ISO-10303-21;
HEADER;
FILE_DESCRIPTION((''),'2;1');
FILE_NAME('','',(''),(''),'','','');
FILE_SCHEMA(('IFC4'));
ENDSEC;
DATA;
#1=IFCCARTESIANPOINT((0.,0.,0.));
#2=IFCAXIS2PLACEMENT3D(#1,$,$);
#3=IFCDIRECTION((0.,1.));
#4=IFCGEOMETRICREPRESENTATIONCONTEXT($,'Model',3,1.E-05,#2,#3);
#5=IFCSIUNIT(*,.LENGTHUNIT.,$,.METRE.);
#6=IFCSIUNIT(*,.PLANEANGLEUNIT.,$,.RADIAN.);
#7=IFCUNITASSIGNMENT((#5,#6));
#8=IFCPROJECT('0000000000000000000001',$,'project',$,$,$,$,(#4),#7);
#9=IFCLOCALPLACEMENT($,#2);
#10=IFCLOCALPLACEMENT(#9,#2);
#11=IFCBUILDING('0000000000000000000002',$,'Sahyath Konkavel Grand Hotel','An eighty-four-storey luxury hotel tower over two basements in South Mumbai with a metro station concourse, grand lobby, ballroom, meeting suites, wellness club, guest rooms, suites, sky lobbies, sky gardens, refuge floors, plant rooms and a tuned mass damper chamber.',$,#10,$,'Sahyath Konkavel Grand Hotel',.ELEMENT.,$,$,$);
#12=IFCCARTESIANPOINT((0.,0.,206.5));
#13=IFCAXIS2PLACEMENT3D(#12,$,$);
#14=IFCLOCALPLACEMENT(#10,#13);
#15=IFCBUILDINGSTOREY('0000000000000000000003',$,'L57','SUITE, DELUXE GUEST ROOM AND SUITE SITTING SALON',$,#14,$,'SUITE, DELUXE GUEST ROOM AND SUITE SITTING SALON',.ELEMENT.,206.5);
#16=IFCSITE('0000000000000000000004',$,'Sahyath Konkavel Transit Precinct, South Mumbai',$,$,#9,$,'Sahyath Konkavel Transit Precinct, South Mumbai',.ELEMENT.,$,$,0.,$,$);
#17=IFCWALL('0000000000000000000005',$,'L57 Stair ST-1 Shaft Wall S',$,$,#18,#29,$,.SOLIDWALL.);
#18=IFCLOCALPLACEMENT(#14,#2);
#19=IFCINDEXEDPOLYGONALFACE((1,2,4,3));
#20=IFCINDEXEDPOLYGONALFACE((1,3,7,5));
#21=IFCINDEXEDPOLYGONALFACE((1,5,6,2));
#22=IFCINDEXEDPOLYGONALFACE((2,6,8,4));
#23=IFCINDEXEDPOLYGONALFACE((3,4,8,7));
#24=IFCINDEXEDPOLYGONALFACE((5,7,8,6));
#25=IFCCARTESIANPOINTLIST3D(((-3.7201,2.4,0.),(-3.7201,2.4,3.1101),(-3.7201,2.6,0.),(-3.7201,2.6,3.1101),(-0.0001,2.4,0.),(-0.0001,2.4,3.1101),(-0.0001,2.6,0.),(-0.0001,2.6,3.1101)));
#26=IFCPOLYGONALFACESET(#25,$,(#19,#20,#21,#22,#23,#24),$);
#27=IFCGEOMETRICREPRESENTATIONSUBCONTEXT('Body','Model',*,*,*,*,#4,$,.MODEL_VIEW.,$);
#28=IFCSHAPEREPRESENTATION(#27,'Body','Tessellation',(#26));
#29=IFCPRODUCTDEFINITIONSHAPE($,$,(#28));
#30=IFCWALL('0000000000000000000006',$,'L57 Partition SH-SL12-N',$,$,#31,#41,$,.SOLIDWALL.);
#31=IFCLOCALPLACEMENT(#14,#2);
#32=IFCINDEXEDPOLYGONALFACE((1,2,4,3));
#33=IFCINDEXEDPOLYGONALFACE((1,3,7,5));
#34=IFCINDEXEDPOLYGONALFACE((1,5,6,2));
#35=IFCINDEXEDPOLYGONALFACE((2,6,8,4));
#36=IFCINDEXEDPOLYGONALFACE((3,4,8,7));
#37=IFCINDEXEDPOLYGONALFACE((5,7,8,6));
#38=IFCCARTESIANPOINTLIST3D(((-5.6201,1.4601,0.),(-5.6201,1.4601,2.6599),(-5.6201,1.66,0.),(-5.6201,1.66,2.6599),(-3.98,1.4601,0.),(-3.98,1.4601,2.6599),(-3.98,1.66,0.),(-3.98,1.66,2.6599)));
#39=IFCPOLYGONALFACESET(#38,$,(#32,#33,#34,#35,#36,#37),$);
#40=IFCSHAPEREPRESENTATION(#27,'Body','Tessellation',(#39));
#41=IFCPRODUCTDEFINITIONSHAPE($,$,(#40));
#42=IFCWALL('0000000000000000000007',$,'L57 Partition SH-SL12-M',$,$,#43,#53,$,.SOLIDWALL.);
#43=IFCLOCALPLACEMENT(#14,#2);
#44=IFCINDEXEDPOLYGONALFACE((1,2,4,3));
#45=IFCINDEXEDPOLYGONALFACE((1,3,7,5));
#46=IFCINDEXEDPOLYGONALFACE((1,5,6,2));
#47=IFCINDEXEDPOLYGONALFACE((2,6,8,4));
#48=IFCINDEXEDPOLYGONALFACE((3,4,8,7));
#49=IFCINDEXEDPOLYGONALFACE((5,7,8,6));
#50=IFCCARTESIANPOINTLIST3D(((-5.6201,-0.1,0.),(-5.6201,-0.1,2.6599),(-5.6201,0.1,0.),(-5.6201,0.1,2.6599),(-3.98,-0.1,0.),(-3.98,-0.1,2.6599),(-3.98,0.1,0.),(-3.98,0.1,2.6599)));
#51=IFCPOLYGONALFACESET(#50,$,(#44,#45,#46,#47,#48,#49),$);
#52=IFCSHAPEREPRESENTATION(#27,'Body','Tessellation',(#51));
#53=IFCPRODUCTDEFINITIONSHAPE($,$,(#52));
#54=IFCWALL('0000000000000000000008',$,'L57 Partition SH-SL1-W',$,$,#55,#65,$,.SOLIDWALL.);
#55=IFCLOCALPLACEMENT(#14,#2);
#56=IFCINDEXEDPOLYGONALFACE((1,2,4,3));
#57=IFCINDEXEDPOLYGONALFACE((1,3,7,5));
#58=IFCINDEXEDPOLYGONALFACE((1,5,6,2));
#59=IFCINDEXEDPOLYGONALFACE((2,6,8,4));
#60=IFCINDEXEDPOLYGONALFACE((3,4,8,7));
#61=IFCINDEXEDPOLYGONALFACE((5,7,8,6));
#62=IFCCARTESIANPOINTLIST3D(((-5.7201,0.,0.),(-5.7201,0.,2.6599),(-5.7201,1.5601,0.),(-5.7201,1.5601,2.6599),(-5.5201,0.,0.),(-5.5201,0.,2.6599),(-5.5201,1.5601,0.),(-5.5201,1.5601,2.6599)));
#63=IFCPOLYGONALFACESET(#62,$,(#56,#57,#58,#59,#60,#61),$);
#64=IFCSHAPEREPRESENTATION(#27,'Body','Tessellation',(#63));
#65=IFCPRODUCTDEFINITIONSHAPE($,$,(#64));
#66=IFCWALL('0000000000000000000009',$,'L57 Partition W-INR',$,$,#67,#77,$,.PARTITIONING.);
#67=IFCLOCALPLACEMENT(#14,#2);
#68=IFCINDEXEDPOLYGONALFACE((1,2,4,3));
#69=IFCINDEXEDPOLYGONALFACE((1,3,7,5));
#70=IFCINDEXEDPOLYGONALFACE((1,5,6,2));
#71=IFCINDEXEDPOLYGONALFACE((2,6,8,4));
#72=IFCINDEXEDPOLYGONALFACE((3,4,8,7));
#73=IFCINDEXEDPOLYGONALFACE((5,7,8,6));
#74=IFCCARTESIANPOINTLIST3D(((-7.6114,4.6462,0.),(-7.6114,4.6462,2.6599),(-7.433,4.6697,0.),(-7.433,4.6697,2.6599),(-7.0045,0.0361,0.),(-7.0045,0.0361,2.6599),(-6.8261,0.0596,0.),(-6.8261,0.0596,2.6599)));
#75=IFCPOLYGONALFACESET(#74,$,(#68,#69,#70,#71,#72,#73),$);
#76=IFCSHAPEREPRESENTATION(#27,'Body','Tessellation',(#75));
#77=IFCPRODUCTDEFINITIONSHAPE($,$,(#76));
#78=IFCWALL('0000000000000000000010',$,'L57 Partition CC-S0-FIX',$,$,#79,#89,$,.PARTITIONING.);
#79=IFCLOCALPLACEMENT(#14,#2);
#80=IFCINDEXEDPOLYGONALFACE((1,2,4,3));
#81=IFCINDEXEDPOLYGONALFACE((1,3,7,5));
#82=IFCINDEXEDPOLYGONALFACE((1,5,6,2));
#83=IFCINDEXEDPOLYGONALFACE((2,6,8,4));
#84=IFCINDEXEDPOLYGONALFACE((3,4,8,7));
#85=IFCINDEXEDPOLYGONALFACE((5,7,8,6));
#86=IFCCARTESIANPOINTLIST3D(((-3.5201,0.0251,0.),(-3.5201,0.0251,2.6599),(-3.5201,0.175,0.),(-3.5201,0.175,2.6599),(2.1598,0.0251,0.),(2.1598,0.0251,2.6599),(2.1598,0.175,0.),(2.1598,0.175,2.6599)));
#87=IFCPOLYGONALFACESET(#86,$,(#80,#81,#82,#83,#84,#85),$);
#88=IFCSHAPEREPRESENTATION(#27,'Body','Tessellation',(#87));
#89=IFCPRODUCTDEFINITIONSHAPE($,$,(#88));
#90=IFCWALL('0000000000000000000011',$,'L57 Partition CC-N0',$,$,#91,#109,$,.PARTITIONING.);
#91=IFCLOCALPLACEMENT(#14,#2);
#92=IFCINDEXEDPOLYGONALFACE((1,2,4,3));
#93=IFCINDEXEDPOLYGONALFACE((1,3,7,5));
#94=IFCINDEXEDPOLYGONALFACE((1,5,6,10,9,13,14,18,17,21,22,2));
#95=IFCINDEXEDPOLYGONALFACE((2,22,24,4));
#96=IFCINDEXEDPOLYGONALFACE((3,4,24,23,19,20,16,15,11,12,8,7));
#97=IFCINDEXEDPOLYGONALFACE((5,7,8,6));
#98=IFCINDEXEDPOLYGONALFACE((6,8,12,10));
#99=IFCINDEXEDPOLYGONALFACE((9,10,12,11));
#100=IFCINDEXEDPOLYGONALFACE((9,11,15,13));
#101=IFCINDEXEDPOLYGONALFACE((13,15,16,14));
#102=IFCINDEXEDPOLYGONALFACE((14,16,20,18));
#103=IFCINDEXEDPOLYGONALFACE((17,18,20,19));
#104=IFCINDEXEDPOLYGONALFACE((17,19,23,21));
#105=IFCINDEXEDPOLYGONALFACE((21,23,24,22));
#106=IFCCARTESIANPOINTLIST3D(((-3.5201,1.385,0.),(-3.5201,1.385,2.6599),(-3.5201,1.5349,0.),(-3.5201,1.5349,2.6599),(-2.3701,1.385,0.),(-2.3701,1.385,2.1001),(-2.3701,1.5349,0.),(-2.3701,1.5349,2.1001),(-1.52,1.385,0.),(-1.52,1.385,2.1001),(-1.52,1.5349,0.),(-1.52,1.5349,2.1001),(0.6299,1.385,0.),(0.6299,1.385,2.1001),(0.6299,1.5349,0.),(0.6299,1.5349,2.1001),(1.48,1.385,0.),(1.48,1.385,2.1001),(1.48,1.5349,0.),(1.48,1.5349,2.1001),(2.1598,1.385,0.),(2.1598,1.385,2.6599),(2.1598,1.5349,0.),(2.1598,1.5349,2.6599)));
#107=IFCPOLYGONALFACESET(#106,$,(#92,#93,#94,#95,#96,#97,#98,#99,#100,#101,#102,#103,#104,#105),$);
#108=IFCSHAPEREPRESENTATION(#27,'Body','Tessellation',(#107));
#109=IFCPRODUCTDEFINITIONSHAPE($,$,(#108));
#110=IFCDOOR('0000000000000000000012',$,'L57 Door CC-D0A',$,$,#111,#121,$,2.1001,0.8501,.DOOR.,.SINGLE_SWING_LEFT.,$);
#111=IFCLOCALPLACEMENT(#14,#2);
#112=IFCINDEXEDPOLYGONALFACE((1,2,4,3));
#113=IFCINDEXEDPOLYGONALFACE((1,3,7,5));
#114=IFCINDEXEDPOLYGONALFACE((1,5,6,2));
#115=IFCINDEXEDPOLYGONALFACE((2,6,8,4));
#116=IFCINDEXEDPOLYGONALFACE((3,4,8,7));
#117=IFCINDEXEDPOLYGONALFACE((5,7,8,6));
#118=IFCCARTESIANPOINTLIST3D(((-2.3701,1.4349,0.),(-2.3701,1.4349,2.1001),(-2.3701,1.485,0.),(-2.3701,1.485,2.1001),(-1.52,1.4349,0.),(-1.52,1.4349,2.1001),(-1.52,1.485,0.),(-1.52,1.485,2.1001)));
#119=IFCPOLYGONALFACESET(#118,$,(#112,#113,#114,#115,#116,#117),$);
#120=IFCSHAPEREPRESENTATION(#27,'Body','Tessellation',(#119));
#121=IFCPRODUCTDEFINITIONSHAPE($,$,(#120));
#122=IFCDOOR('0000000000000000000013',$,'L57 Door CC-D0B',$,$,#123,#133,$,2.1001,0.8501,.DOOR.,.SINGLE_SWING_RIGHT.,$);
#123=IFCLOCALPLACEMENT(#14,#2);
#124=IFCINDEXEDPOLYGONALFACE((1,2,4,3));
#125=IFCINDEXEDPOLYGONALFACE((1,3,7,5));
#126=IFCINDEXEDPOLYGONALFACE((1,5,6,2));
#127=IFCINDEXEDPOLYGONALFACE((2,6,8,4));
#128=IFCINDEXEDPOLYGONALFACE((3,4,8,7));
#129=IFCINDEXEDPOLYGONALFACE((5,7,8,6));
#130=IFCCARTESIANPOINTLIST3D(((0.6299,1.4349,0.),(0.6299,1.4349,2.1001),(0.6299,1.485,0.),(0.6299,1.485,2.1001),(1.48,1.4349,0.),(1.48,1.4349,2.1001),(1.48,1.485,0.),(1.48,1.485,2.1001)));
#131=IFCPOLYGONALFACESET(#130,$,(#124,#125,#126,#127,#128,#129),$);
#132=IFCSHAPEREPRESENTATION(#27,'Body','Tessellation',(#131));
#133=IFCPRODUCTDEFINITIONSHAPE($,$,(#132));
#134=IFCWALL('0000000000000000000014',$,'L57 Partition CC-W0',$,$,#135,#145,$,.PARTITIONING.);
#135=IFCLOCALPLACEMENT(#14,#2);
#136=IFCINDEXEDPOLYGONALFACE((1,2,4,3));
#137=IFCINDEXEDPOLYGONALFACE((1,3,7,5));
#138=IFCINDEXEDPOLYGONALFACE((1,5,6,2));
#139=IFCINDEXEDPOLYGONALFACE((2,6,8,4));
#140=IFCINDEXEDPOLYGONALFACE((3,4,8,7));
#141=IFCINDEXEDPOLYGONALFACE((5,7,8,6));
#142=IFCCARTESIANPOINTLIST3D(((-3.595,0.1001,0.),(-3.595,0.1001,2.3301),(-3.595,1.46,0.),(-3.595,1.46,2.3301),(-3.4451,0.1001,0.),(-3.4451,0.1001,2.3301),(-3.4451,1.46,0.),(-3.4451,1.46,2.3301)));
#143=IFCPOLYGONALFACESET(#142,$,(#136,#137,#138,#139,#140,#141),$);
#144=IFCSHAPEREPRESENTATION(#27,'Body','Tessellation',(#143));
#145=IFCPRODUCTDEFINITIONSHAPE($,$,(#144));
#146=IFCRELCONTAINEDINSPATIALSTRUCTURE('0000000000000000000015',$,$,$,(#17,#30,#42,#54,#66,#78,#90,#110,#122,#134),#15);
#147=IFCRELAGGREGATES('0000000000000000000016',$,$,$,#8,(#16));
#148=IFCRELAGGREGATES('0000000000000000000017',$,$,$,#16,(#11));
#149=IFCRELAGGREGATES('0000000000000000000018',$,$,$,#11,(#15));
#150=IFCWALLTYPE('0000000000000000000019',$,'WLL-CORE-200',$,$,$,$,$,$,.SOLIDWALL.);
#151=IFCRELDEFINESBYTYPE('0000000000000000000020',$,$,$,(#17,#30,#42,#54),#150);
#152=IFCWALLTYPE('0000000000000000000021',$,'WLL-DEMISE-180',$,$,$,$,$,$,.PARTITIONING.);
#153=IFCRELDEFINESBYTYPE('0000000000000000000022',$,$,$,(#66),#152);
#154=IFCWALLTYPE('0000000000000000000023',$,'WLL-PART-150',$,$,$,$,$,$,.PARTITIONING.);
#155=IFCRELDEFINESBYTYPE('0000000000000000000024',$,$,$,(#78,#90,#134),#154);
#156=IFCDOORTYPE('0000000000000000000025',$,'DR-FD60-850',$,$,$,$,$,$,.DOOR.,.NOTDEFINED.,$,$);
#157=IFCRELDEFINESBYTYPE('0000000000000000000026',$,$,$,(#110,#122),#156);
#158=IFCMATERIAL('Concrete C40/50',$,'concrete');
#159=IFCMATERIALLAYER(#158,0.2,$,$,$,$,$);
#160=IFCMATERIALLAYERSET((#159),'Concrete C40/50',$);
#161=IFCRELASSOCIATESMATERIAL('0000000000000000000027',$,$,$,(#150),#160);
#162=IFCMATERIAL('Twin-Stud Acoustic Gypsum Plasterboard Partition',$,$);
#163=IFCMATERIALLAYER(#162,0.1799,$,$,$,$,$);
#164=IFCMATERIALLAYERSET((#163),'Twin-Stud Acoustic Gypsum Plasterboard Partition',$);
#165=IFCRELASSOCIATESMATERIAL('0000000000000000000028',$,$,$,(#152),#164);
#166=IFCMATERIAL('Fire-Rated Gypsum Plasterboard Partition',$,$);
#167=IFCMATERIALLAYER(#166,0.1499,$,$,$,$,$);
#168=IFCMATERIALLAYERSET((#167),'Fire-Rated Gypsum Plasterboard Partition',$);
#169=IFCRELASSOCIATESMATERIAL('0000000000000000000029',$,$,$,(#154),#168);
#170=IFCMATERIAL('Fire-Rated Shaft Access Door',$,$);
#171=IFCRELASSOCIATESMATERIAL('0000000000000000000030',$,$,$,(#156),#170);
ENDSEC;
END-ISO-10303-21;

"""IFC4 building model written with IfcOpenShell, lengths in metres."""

from ifc_helpers import new_model, si_unit, direction, frame, frame_2d, origin, origin_2d, place, context, subcontext, project, spatial, rectangle, extrude, source, transform, mapped, material, layer, layer_set, type_object, element, fill, save


model = new_model("IFC4")

# Units and contexts
model_context = context("Model", 3, precision=1e-05, world=origin(), true_north=direction((0.0, 1.0)))
body_context = subcontext(model_context, "Body", "Model", "MODEL_VIEW")
ifc_project = project(units=[si_unit("LENGTHUNIT", "METRE"), si_unit("PLANEANGLEUNIT", "RADIAN")], contexts=[model_context])

# Site, building, storey
site_placement = place(None, origin())
site = spatial("IfcSite", under=ifc_project, at=site_placement, Name="Sahyath Konkavel Transit Precinct, South Mumbai", LongName="Sahyath Konkavel Transit Precinct, South Mumbai", CompositionType="ELEMENT", RefElevation=0.0)
building_placement = place(site_placement, origin())
building = spatial("IfcBuilding", under=site, at=building_placement, Name="Sahyath Konkavel Grand Hotel", Description="An eighty-four-storey luxury hotel tower over two basements in South Mumbai with a metro station concourse, grand lobby, ballroom, meeting suites, wellness club, guest rooms, suites, sky lobbies, sky gardens, refuge floors, plant rooms and a tuned mass damper chamber.", LongName="Sahyath Konkavel Grand Hotel", CompositionType="ELEMENT")
storey_placement = place(building_placement, frame((0.0, 0.0, 206.5)))
storey = spatial("IfcBuildingStorey", under=building, at=storey_placement, Name="L57", Description="SUITE, DELUXE GUEST ROOM AND SUITE SITTING SALON", LongName="SUITE, DELUXE GUEST ROOM AND SUITE SITTING SALON", CompositionType="ELEMENT", Elevation=206.5)

# Shared definitions
ifc_material_1 = material(Name="Concrete C40/50", Category="concrete")

# Walls
ifc_layer_1 = layer(ifc_material_1, 0.2)
ifc_layer_set_1 = layer_set([ifc_layer_1], Name="Concrete C40/50")
wall_type_1 = type_object("IfcWallType", Name="WLL-CORE-200", PredefinedType="SOLIDWALL", material=ifc_layer_set_1)
wall_1_placement = place(storey_placement, frame((-3.72, 2.5, 0.0), z_axis=(0.0, 0.0, 1.0), x_axis=(1.0, 0.0, 0.0)))
element("IfcWall", 1, at=wall_1_placement, inside=storey, type_object=wall_type_1, Name="L57 Stair ST-1 Shaft Wall S", PredefinedType="SOLIDWALL", context=body_context, shape_type="SweptSolid", body=[
    extrude(rectangle(XDim=3.72, YDim=0.2, at=frame_2d((1.8599, 0.0))), origin(), (0.0, 0.0, 1.0), 3.1101),
])
for number, where, z_axis, x_axis, name in (
    (2, (-5.6201, 1.5601, 0.0), (0.0, 0.0, 1.0), (1.0, 0.0, 0.0), "L57 Partition SH-SL12-N"),
    (3, (-5.6201, 0.0, 0.0), (0.0, 0.0, 1.0), (1.0, 0.0, 0.0), "L57 Partition SH-SL12-M"),
):
    element("IfcWall", number, at=place(storey_placement, frame(where, z_axis=z_axis, x_axis=x_axis)), inside=storey, type_object=wall_type_1, Name=name, PredefinedType="SOLIDWALL", context=body_context, shape_type="SweptSolid", body=[
        extrude(rectangle(XDim=1.6401, YDim=0.2, at=frame_2d((0.8201, 0.0))), origin(), (0.0, 0.0, 1.0), 2.6599),
    ])
wall_2_placement = place(storey_placement, frame((-5.6201, 0.0, 0.0), z_axis=(0.0, 0.0, 1.0), x_axis=(0.0, 1.0, 0.0)))
element("IfcWall", 4, at=wall_2_placement, inside=storey, type_object=wall_type_1, Name="L57 Partition SH-SL1-W", PredefinedType="SOLIDWALL", context=body_context, shape_type="SweptSolid", body=[
    extrude(rectangle(XDim=1.5601, YDim=0.2, at=frame_2d((0.78, 0.0))), origin(), (0.0, 0.0, 1.0), 2.6599),
])
ifc_material_2 = material(Name="Twin-Stud Acoustic Gypsum Plasterboard Partition")
ifc_layer_2 = layer(ifc_material_2, 0.1799)
ifc_layer_set_2 = layer_set([ifc_layer_2], Name="Twin-Stud Acoustic Gypsum Plasterboard Partition")
wall_type_2 = type_object("IfcWallType", Name="WLL-DEMISE-180", PredefinedType="PARTITIONING", material=ifc_layer_set_2)
wall_3_placement = place(storey_placement, frame((-7.5222, 4.658, 0.0), z_axis=(0.0, 0.0, 1.0), x_axis=(0.130526, -0.991445, 0.0)))
element("IfcWall", 5, at=wall_3_placement, inside=storey, type_object=wall_type_2, Name="L57 Partition W-INR", PredefinedType="PARTITIONING", context=body_context, shape_type="SweptSolid", body=[
    extrude(rectangle(XDim=4.6499, YDim=0.1799, at=frame_2d((2.325, 0.0))), origin(), (0.0, 0.0, 1.0), 2.6599),
])
ifc_material_3 = material(Name="Fire-Rated Gypsum Plasterboard Partition")
ifc_layer_3 = layer(ifc_material_3, 0.1499)
ifc_layer_set_3 = layer_set([ifc_layer_3], Name="Fire-Rated Gypsum Plasterboard Partition")
wall_type_3 = type_object("IfcWallType", Name="WLL-PART-150", PredefinedType="PARTITIONING", material=ifc_layer_set_3)
wall_4_placement = place(storey_placement, frame((-3.52, 0.1001, 0.0), z_axis=(0.0, 0.0, 1.0), x_axis=(1.0, 0.0, 0.0)))
element("IfcWall", 6, at=wall_4_placement, inside=storey, type_object=wall_type_3, Name="L57 Partition CC-S0-FIX", PredefinedType="PARTITIONING", context=body_context, shape_type="SweptSolid", body=[
    extrude(rectangle(XDim=5.6799, YDim=0.1499, at=frame_2d((2.8398, 0.0))), origin(), (0.0, 0.0, 1.0), 2.6599),
])

# Wall, openings, doors
wall_5_placement = place(storey_placement, frame((-3.52, 1.46, 0.0), z_axis=(0.0, 0.0, 1.0), x_axis=(1.0, 0.0, 0.0)))
wall_5 = element("IfcWall", 7, at=wall_5_placement, inside=storey, type_object=wall_type_3, Name="L57 Partition CC-N0", PredefinedType="PARTITIONING", context=body_context, shape_type="SweptSolid", body=[
    extrude(rectangle(XDim=5.6799, YDim=0.1499, at=frame_2d((2.8398, 0.0))), origin(), (0.0, 0.0, 1.0), 2.6599),
])
opening_1_placement = place(wall_5_placement, frame((1.1499, 0.0, 0.0)))
opening_1 = element("IfcOpeningElement", 8, at=opening_1_placement, cuts=wall_5, PredefinedType="OPENING", context=body_context, shape_type="SweptSolid", body=[
    extrude(rectangle(XDim=0.8501, YDim=2.1001, at=frame_2d((0.425, 1.05))), frame((0.0, 0.085, 0.0), z_axis=(0.0, -1.0, 0.0), x_axis=(1.0, 0.0, 0.0)), (0.0, 0.0, 1.0), 0.1699),
])
opening_2_placement = place(wall_5_placement, frame((4.1499, 0.0, 0.0)))
opening_2 = element("IfcOpeningElement", 9, at=opening_2_placement, cuts=wall_5, PredefinedType="OPENING", context=body_context, shape_type="SweptSolid", body=[
    extrude(rectangle(XDim=0.8501, YDim=2.1001, at=frame_2d((0.425, 1.05))), frame((0.0, 0.085, 0.0), z_axis=(0.0, -1.0, 0.0), x_axis=(1.0, 0.0, 0.0)), (0.0, 0.0, 1.0), 0.1699),
])
ifc_material_4 = material(Name="Fire-Rated Shaft Access Door")
door_type_1 = type_object("IfcDoorType", Name="DR-FD60-850", OperationType="NOTDEFINED", PredefinedType="DOOR", material=ifc_material_4)
shared_shape_1 = source(origin(), body_context, "Body", "SweptSolid", [
    extrude(rectangle(XDim=0.8501, YDim=0.05, at=origin_2d()), origin(), (0.0, 0.0, 1.0), 2.1001),
])
door_1_placement = place(opening_1_placement, frame((0.425, 0.0, 0.0)))
door_1 = element("IfcDoor", 10, at=door_1_placement, inside=storey, type_object=door_type_1, Name="L57 Door CC-D0A", OperationType="SINGLE_SWING_LEFT", OverallHeight=2.1001, OverallWidth=0.8501, PredefinedType="DOOR", context=body_context, shape_type="MappedRepresentation", body=[
    mapped(shared_shape_1, transform((0.0, 0.0, 0.0), scale=1.0)),
])
fill(opening_1, door_1)
door_2_placement = place(opening_2_placement, frame((0.425, 0.0, 0.0)))
door_2 = element("IfcDoor", 11, at=door_2_placement, inside=storey, type_object=door_type_1, Name="L57 Door CC-D0B", OperationType="SINGLE_SWING_RIGHT", OverallHeight=2.1001, OverallWidth=0.8501, PredefinedType="DOOR", context=body_context, shape_type="MappedRepresentation", body=[
    mapped(shared_shape_1, transform((0.0, 0.0, 0.0), scale=1.0)),
])
fill(opening_2, door_2)

# Wall
wall_6_placement = place(storey_placement, frame((-3.52, 0.1001, 0.0), z_axis=(0.0, 0.0, 1.0), x_axis=(0.0, 1.0, 0.0)))
element("IfcWall", 12, at=wall_6_placement, inside=storey, type_object=wall_type_3, Name="L57 Partition CC-W0", PredefinedType="PARTITIONING", context=body_context, shape_type="SweptSolid", body=[
    extrude(rectangle(XDim=1.3599, YDim=0.1499, at=frame_2d((0.6799, 0.0))), origin(), (0.0, 0.0, 1.0), 2.3301),
])

save(model, "model.ifc")
